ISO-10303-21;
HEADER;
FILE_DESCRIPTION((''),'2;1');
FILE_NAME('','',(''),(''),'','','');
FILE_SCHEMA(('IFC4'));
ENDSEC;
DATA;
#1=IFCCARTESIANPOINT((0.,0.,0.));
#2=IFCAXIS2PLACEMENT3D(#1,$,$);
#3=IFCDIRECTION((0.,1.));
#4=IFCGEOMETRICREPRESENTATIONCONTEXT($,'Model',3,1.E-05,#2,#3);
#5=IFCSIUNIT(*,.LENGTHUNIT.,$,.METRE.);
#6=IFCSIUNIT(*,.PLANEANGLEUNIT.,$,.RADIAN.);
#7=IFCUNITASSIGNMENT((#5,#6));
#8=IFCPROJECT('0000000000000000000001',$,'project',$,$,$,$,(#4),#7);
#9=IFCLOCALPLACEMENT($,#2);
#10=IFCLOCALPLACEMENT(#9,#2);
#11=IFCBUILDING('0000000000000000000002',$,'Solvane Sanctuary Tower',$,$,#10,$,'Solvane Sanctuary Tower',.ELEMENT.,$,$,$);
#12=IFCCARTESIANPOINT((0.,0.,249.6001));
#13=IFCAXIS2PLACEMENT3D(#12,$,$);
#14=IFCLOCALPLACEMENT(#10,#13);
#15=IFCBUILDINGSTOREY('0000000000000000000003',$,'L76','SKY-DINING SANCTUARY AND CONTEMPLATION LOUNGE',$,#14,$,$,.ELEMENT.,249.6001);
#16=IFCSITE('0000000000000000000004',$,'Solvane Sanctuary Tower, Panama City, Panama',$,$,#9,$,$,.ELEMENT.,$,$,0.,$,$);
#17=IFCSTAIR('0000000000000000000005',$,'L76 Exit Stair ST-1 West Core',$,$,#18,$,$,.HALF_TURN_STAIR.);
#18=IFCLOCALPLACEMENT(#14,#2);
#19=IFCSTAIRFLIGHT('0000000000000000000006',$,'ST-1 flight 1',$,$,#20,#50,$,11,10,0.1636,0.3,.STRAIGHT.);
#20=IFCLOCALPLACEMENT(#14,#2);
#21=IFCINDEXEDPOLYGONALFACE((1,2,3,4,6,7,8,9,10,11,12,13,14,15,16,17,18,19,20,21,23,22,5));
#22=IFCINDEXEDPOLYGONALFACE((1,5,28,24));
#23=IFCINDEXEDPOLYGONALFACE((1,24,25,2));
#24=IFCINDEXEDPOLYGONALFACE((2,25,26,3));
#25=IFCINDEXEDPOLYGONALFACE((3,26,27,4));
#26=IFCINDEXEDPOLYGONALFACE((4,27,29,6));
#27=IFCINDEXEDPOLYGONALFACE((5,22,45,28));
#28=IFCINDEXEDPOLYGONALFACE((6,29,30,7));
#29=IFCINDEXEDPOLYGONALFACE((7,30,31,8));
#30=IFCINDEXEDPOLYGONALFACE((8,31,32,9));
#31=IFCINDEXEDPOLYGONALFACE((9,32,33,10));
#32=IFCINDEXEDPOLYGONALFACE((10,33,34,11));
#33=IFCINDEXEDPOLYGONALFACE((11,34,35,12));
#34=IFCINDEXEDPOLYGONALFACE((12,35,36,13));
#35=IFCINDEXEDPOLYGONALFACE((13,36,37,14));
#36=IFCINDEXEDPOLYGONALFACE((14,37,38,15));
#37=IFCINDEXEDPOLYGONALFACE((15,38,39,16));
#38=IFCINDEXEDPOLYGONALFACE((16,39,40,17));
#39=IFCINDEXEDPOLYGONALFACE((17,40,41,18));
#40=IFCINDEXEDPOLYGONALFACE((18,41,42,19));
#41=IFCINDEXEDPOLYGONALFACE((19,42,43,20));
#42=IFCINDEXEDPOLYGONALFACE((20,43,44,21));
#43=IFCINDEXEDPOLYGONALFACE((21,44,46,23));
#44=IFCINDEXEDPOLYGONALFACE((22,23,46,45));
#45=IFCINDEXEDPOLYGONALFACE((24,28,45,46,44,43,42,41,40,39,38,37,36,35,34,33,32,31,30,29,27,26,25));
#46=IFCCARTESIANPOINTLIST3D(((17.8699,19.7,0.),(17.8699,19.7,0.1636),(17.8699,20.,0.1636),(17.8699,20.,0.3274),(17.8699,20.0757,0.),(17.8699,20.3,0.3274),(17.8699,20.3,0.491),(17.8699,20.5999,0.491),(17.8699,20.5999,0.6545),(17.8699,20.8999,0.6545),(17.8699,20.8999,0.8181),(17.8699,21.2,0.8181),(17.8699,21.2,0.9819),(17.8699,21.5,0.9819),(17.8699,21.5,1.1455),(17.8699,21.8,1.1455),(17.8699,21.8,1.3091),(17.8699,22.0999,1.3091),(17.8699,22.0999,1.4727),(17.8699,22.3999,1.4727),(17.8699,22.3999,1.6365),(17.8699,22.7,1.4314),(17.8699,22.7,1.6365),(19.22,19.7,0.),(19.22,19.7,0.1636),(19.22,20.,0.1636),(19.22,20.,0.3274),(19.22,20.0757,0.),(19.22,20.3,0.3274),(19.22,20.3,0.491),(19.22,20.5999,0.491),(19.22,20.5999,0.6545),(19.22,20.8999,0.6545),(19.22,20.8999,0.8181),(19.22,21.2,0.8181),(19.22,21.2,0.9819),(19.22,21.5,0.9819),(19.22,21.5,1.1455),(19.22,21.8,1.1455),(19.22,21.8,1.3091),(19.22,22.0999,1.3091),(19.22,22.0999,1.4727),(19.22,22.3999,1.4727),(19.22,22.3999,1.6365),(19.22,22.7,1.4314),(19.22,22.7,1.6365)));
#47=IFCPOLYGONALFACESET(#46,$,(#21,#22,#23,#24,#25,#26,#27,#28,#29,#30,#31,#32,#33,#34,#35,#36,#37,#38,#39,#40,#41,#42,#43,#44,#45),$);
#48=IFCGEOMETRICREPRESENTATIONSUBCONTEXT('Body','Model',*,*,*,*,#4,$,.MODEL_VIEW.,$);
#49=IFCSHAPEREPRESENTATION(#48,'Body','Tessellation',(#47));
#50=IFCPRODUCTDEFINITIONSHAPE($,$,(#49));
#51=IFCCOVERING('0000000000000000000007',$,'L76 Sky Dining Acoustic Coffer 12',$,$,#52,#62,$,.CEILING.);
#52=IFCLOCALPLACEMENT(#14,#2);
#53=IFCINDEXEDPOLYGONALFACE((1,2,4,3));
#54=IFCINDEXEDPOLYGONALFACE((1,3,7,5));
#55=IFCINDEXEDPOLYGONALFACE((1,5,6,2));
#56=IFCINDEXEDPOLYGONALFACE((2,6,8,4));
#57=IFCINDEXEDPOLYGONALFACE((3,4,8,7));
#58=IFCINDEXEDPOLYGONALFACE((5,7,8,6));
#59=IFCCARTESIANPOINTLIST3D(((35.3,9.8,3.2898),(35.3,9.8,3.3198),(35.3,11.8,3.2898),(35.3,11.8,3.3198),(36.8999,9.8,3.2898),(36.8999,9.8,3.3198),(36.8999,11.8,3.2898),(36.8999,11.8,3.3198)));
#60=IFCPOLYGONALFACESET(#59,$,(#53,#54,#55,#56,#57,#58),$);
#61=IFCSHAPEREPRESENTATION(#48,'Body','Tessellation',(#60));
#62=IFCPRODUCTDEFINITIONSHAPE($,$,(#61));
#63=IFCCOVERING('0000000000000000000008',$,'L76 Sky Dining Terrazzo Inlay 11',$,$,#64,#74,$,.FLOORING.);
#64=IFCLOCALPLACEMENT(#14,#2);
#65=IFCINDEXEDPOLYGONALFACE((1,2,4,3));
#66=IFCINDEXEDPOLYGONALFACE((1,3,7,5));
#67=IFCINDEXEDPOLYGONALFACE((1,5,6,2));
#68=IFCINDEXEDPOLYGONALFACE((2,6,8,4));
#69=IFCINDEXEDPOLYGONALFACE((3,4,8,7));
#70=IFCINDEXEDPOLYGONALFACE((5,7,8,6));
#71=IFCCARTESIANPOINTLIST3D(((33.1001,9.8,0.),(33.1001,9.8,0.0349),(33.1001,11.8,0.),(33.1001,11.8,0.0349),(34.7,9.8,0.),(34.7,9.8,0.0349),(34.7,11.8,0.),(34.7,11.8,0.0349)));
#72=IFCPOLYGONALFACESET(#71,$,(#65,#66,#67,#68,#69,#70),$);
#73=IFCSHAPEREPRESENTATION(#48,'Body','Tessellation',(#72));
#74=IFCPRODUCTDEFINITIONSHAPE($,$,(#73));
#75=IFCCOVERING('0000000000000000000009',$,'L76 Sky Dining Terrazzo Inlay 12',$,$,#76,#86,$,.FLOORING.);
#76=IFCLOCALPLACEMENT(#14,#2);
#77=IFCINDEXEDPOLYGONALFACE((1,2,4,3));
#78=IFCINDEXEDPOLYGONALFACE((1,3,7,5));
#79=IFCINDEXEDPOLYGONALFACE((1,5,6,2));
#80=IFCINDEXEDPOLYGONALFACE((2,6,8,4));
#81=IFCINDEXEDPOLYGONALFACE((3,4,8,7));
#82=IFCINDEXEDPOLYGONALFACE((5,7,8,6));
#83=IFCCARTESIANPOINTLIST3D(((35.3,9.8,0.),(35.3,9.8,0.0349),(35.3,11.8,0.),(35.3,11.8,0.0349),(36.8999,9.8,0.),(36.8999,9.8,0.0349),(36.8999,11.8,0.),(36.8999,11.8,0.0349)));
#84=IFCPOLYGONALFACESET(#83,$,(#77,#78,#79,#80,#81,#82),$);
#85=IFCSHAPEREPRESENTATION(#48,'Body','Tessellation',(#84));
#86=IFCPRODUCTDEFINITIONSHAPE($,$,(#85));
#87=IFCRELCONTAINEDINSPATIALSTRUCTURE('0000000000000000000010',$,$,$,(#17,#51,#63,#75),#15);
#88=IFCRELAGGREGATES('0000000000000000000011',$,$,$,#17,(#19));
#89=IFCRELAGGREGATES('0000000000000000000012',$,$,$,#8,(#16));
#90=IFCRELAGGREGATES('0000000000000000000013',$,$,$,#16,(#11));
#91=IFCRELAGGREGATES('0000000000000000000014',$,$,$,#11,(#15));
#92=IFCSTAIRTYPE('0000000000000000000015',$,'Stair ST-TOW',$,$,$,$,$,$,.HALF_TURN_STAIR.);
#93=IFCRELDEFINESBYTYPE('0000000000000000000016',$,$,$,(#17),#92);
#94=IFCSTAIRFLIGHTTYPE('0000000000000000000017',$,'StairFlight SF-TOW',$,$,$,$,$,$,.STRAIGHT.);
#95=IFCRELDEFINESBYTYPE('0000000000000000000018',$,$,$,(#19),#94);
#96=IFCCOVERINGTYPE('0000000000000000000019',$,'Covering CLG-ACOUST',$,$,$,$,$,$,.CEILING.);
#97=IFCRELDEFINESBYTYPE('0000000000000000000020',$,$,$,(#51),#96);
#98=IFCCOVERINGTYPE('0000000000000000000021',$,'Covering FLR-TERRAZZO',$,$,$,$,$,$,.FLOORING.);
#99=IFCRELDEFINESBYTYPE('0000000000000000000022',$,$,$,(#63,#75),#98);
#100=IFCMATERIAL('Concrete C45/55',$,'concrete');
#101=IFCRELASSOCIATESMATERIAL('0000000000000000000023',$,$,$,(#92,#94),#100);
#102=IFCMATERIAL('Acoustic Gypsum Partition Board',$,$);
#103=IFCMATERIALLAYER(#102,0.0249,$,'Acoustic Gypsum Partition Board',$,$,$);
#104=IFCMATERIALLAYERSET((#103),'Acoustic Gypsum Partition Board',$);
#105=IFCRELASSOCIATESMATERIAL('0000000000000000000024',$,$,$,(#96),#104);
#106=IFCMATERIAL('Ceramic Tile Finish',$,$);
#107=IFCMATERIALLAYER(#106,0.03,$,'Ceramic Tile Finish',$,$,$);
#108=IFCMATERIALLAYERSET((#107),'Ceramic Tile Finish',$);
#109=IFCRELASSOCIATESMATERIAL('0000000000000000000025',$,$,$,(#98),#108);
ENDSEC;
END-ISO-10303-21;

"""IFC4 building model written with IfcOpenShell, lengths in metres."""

from ifc_helpers import new_model, si_unit, direction, frame, origin, place, context, subcontext, project, spatial, polyline, outline, extrude, material, layer, layer_set, type_object, element, aggregate, save


model = new_model("IFC4")

# Units and contexts
model_context = context("Model", 3, precision=1e-05, world=origin(), true_north=direction((0.0, 1.0)))
body_context = subcontext(model_context, "Body", "Model", "MODEL_VIEW")
ifc_project = project(units=[si_unit("LENGTHUNIT", "METRE"), si_unit("PLANEANGLEUNIT", "RADIAN")], contexts=[model_context])

# Site, building, storey
site_placement = place(None, origin())
site = spatial("IfcSite", under=ifc_project, at=site_placement, Name="Solvane Sanctuary Tower, Panama City, Panama", CompositionType="ELEMENT", RefElevation=0.0)
building_placement = place(site_placement, origin())
building = spatial("IfcBuilding", under=site, at=building_placement, Name="Solvane Sanctuary Tower", LongName="Solvane Sanctuary Tower", CompositionType="ELEMENT")
storey_placement = place(building_placement, frame((0.0, 0.0, 249.6001)))
storey = spatial("IfcBuildingStorey", under=building, at=storey_placement, Name="L76", Description="SKY-DINING SANCTUARY AND CONTEMPLATION LOUNGE", CompositionType="ELEMENT", Elevation=249.6001)

# Shared definitions
ifc_material_1 = material(Name="Acoustic Gypsum Partition Board")

# Stair, stair flight
ifc_material_2 = material(Name="Concrete C45/55", Category="concrete")
stair_type = type_object("IfcStairType", Name="Stair ST-TOW", PredefinedType="HALF_TURN_STAIR", material=ifc_material_2)
stair_placement = place(storey_placement, origin())
stair = element("IfcStair", 1, at=stair_placement, inside=storey, type_object=stair_type, Name="L76 Exit Stair ST-1 West Core", PredefinedType="HALF_TURN_STAIR")
stair_flight_type = type_object("IfcStairFlightType", Name="StairFlight SF-TOW", PredefinedType="STRAIGHT", material=ifc_material_2)
stair_flight_placement = place(storey_placement, frame((18.5449, 19.7, 0.0), z_axis=(0.0, 0.0, 1.0), x_axis=(0.0, 1.0, 0.0)))
stair_flight = element("IfcStairFlight", 2, at=stair_flight_placement, type_object=stair_flight_type, Name="ST-1 flight 1", NumberOfRisers=11, NumberOfTreads=10, PredefinedType="STRAIGHT", RiserHeight=0.1636, TreadLength=0.3, context=body_context, shape_type="SweptSolid", body=[
    extrude(outline(polyline([(0.0, 0.0), (0.0, 0.1636), (0.3, 0.1636), (0.3, 0.3274), (0.6001, 0.3274), (0.6001, 0.491), (0.8999, 0.491), (0.8999, 0.6545), (1.2, 0.6545), (1.2, 0.8181), (1.5, 0.8181), (1.5, 0.9819), (1.8, 0.9819), (1.8, 1.1455), (2.1001, 1.1455), (2.1001, 1.3091), (2.3999, 1.3091), (2.3999, 1.4727), (2.7, 1.4727), (2.7, 1.6365), (3.0, 1.6365), (3.0, 1.8), (3.0, 1.4314), (0.3757, 0.0), (0.0, 0.0)])), frame((0.0, 0.675, 0.0), z_axis=(0.0, -1.0, 0.0), x_axis=(1.0, 0.0, 0.0)), (0.0, 0.0, 1.0), 1.3501),
])
aggregate(stair, [stair_flight])

# Coverings
ifc_layer_1 = layer(ifc_material_1, 0.0249, Name="Acoustic Gypsum Partition Board")
ifc_layer_set_1 = layer_set([ifc_layer_1], Name="Acoustic Gypsum Partition Board")
covering_type_1 = type_object("IfcCoveringType", Name="Covering CLG-ACOUST", PredefinedType="CEILING", material=ifc_layer_set_1)
covering_1_placement = place(storey_placement, frame((0.0, 0.0, 3.2898)))
element("IfcCovering", 3, at=covering_1_placement, inside=storey, type_object=covering_type_1, Name="L76 Sky Dining Acoustic Coffer 12", PredefinedType="CEILING", context=body_context, shape_type="SweptSolid", body=[
    extrude(outline(polyline([(35.3, 9.8), (36.8999, 9.8), (36.8999, 11.8), (35.3, 11.8), (35.3, 9.8)])), origin(), (0.0, 0.0, 1.0), 0.03),
])
ifc_material_3 = material(Name="Ceramic Tile Finish")
ifc_layer_2 = layer(ifc_material_3, 0.03, Name="Ceramic Tile Finish")
ifc_layer_set_2 = layer_set([ifc_layer_2], Name="Ceramic Tile Finish")
covering_type_2 = type_object("IfcCoveringType", Name="Covering FLR-TERRAZZO", PredefinedType="FLOORING", material=ifc_layer_set_2)
covering_2_placement = place(storey_placement, origin())
element("IfcCovering", 4, at=covering_2_placement, inside=storey, type_object=covering_type_2, Name="L76 Sky Dining Terrazzo Inlay 11", PredefinedType="FLOORING", context=body_context, shape_type="SweptSolid", body=[
    extrude(outline(polyline([(33.1001, 9.8), (34.7, 9.8), (34.7, 11.8), (33.1001, 11.8), (33.1001, 9.8)])), origin(), (0.0, 0.0, 1.0), 0.0349),
])
covering_3_placement = place(storey_placement, origin())
element("IfcCovering", 5, at=covering_3_placement, inside=storey, type_object=covering_type_2, Name="L76 Sky Dining Terrazzo Inlay 12", PredefinedType="FLOORING", context=body_context, shape_type="SweptSolid", body=[
    extrude(outline(polyline([(35.3, 9.8), (36.8999, 9.8), (36.8999, 11.8), (35.3, 11.8), (35.3, 9.8)])), origin(), (0.0, 0.0, 1.0), 0.0349),
])

save(model, "model.ifc")
